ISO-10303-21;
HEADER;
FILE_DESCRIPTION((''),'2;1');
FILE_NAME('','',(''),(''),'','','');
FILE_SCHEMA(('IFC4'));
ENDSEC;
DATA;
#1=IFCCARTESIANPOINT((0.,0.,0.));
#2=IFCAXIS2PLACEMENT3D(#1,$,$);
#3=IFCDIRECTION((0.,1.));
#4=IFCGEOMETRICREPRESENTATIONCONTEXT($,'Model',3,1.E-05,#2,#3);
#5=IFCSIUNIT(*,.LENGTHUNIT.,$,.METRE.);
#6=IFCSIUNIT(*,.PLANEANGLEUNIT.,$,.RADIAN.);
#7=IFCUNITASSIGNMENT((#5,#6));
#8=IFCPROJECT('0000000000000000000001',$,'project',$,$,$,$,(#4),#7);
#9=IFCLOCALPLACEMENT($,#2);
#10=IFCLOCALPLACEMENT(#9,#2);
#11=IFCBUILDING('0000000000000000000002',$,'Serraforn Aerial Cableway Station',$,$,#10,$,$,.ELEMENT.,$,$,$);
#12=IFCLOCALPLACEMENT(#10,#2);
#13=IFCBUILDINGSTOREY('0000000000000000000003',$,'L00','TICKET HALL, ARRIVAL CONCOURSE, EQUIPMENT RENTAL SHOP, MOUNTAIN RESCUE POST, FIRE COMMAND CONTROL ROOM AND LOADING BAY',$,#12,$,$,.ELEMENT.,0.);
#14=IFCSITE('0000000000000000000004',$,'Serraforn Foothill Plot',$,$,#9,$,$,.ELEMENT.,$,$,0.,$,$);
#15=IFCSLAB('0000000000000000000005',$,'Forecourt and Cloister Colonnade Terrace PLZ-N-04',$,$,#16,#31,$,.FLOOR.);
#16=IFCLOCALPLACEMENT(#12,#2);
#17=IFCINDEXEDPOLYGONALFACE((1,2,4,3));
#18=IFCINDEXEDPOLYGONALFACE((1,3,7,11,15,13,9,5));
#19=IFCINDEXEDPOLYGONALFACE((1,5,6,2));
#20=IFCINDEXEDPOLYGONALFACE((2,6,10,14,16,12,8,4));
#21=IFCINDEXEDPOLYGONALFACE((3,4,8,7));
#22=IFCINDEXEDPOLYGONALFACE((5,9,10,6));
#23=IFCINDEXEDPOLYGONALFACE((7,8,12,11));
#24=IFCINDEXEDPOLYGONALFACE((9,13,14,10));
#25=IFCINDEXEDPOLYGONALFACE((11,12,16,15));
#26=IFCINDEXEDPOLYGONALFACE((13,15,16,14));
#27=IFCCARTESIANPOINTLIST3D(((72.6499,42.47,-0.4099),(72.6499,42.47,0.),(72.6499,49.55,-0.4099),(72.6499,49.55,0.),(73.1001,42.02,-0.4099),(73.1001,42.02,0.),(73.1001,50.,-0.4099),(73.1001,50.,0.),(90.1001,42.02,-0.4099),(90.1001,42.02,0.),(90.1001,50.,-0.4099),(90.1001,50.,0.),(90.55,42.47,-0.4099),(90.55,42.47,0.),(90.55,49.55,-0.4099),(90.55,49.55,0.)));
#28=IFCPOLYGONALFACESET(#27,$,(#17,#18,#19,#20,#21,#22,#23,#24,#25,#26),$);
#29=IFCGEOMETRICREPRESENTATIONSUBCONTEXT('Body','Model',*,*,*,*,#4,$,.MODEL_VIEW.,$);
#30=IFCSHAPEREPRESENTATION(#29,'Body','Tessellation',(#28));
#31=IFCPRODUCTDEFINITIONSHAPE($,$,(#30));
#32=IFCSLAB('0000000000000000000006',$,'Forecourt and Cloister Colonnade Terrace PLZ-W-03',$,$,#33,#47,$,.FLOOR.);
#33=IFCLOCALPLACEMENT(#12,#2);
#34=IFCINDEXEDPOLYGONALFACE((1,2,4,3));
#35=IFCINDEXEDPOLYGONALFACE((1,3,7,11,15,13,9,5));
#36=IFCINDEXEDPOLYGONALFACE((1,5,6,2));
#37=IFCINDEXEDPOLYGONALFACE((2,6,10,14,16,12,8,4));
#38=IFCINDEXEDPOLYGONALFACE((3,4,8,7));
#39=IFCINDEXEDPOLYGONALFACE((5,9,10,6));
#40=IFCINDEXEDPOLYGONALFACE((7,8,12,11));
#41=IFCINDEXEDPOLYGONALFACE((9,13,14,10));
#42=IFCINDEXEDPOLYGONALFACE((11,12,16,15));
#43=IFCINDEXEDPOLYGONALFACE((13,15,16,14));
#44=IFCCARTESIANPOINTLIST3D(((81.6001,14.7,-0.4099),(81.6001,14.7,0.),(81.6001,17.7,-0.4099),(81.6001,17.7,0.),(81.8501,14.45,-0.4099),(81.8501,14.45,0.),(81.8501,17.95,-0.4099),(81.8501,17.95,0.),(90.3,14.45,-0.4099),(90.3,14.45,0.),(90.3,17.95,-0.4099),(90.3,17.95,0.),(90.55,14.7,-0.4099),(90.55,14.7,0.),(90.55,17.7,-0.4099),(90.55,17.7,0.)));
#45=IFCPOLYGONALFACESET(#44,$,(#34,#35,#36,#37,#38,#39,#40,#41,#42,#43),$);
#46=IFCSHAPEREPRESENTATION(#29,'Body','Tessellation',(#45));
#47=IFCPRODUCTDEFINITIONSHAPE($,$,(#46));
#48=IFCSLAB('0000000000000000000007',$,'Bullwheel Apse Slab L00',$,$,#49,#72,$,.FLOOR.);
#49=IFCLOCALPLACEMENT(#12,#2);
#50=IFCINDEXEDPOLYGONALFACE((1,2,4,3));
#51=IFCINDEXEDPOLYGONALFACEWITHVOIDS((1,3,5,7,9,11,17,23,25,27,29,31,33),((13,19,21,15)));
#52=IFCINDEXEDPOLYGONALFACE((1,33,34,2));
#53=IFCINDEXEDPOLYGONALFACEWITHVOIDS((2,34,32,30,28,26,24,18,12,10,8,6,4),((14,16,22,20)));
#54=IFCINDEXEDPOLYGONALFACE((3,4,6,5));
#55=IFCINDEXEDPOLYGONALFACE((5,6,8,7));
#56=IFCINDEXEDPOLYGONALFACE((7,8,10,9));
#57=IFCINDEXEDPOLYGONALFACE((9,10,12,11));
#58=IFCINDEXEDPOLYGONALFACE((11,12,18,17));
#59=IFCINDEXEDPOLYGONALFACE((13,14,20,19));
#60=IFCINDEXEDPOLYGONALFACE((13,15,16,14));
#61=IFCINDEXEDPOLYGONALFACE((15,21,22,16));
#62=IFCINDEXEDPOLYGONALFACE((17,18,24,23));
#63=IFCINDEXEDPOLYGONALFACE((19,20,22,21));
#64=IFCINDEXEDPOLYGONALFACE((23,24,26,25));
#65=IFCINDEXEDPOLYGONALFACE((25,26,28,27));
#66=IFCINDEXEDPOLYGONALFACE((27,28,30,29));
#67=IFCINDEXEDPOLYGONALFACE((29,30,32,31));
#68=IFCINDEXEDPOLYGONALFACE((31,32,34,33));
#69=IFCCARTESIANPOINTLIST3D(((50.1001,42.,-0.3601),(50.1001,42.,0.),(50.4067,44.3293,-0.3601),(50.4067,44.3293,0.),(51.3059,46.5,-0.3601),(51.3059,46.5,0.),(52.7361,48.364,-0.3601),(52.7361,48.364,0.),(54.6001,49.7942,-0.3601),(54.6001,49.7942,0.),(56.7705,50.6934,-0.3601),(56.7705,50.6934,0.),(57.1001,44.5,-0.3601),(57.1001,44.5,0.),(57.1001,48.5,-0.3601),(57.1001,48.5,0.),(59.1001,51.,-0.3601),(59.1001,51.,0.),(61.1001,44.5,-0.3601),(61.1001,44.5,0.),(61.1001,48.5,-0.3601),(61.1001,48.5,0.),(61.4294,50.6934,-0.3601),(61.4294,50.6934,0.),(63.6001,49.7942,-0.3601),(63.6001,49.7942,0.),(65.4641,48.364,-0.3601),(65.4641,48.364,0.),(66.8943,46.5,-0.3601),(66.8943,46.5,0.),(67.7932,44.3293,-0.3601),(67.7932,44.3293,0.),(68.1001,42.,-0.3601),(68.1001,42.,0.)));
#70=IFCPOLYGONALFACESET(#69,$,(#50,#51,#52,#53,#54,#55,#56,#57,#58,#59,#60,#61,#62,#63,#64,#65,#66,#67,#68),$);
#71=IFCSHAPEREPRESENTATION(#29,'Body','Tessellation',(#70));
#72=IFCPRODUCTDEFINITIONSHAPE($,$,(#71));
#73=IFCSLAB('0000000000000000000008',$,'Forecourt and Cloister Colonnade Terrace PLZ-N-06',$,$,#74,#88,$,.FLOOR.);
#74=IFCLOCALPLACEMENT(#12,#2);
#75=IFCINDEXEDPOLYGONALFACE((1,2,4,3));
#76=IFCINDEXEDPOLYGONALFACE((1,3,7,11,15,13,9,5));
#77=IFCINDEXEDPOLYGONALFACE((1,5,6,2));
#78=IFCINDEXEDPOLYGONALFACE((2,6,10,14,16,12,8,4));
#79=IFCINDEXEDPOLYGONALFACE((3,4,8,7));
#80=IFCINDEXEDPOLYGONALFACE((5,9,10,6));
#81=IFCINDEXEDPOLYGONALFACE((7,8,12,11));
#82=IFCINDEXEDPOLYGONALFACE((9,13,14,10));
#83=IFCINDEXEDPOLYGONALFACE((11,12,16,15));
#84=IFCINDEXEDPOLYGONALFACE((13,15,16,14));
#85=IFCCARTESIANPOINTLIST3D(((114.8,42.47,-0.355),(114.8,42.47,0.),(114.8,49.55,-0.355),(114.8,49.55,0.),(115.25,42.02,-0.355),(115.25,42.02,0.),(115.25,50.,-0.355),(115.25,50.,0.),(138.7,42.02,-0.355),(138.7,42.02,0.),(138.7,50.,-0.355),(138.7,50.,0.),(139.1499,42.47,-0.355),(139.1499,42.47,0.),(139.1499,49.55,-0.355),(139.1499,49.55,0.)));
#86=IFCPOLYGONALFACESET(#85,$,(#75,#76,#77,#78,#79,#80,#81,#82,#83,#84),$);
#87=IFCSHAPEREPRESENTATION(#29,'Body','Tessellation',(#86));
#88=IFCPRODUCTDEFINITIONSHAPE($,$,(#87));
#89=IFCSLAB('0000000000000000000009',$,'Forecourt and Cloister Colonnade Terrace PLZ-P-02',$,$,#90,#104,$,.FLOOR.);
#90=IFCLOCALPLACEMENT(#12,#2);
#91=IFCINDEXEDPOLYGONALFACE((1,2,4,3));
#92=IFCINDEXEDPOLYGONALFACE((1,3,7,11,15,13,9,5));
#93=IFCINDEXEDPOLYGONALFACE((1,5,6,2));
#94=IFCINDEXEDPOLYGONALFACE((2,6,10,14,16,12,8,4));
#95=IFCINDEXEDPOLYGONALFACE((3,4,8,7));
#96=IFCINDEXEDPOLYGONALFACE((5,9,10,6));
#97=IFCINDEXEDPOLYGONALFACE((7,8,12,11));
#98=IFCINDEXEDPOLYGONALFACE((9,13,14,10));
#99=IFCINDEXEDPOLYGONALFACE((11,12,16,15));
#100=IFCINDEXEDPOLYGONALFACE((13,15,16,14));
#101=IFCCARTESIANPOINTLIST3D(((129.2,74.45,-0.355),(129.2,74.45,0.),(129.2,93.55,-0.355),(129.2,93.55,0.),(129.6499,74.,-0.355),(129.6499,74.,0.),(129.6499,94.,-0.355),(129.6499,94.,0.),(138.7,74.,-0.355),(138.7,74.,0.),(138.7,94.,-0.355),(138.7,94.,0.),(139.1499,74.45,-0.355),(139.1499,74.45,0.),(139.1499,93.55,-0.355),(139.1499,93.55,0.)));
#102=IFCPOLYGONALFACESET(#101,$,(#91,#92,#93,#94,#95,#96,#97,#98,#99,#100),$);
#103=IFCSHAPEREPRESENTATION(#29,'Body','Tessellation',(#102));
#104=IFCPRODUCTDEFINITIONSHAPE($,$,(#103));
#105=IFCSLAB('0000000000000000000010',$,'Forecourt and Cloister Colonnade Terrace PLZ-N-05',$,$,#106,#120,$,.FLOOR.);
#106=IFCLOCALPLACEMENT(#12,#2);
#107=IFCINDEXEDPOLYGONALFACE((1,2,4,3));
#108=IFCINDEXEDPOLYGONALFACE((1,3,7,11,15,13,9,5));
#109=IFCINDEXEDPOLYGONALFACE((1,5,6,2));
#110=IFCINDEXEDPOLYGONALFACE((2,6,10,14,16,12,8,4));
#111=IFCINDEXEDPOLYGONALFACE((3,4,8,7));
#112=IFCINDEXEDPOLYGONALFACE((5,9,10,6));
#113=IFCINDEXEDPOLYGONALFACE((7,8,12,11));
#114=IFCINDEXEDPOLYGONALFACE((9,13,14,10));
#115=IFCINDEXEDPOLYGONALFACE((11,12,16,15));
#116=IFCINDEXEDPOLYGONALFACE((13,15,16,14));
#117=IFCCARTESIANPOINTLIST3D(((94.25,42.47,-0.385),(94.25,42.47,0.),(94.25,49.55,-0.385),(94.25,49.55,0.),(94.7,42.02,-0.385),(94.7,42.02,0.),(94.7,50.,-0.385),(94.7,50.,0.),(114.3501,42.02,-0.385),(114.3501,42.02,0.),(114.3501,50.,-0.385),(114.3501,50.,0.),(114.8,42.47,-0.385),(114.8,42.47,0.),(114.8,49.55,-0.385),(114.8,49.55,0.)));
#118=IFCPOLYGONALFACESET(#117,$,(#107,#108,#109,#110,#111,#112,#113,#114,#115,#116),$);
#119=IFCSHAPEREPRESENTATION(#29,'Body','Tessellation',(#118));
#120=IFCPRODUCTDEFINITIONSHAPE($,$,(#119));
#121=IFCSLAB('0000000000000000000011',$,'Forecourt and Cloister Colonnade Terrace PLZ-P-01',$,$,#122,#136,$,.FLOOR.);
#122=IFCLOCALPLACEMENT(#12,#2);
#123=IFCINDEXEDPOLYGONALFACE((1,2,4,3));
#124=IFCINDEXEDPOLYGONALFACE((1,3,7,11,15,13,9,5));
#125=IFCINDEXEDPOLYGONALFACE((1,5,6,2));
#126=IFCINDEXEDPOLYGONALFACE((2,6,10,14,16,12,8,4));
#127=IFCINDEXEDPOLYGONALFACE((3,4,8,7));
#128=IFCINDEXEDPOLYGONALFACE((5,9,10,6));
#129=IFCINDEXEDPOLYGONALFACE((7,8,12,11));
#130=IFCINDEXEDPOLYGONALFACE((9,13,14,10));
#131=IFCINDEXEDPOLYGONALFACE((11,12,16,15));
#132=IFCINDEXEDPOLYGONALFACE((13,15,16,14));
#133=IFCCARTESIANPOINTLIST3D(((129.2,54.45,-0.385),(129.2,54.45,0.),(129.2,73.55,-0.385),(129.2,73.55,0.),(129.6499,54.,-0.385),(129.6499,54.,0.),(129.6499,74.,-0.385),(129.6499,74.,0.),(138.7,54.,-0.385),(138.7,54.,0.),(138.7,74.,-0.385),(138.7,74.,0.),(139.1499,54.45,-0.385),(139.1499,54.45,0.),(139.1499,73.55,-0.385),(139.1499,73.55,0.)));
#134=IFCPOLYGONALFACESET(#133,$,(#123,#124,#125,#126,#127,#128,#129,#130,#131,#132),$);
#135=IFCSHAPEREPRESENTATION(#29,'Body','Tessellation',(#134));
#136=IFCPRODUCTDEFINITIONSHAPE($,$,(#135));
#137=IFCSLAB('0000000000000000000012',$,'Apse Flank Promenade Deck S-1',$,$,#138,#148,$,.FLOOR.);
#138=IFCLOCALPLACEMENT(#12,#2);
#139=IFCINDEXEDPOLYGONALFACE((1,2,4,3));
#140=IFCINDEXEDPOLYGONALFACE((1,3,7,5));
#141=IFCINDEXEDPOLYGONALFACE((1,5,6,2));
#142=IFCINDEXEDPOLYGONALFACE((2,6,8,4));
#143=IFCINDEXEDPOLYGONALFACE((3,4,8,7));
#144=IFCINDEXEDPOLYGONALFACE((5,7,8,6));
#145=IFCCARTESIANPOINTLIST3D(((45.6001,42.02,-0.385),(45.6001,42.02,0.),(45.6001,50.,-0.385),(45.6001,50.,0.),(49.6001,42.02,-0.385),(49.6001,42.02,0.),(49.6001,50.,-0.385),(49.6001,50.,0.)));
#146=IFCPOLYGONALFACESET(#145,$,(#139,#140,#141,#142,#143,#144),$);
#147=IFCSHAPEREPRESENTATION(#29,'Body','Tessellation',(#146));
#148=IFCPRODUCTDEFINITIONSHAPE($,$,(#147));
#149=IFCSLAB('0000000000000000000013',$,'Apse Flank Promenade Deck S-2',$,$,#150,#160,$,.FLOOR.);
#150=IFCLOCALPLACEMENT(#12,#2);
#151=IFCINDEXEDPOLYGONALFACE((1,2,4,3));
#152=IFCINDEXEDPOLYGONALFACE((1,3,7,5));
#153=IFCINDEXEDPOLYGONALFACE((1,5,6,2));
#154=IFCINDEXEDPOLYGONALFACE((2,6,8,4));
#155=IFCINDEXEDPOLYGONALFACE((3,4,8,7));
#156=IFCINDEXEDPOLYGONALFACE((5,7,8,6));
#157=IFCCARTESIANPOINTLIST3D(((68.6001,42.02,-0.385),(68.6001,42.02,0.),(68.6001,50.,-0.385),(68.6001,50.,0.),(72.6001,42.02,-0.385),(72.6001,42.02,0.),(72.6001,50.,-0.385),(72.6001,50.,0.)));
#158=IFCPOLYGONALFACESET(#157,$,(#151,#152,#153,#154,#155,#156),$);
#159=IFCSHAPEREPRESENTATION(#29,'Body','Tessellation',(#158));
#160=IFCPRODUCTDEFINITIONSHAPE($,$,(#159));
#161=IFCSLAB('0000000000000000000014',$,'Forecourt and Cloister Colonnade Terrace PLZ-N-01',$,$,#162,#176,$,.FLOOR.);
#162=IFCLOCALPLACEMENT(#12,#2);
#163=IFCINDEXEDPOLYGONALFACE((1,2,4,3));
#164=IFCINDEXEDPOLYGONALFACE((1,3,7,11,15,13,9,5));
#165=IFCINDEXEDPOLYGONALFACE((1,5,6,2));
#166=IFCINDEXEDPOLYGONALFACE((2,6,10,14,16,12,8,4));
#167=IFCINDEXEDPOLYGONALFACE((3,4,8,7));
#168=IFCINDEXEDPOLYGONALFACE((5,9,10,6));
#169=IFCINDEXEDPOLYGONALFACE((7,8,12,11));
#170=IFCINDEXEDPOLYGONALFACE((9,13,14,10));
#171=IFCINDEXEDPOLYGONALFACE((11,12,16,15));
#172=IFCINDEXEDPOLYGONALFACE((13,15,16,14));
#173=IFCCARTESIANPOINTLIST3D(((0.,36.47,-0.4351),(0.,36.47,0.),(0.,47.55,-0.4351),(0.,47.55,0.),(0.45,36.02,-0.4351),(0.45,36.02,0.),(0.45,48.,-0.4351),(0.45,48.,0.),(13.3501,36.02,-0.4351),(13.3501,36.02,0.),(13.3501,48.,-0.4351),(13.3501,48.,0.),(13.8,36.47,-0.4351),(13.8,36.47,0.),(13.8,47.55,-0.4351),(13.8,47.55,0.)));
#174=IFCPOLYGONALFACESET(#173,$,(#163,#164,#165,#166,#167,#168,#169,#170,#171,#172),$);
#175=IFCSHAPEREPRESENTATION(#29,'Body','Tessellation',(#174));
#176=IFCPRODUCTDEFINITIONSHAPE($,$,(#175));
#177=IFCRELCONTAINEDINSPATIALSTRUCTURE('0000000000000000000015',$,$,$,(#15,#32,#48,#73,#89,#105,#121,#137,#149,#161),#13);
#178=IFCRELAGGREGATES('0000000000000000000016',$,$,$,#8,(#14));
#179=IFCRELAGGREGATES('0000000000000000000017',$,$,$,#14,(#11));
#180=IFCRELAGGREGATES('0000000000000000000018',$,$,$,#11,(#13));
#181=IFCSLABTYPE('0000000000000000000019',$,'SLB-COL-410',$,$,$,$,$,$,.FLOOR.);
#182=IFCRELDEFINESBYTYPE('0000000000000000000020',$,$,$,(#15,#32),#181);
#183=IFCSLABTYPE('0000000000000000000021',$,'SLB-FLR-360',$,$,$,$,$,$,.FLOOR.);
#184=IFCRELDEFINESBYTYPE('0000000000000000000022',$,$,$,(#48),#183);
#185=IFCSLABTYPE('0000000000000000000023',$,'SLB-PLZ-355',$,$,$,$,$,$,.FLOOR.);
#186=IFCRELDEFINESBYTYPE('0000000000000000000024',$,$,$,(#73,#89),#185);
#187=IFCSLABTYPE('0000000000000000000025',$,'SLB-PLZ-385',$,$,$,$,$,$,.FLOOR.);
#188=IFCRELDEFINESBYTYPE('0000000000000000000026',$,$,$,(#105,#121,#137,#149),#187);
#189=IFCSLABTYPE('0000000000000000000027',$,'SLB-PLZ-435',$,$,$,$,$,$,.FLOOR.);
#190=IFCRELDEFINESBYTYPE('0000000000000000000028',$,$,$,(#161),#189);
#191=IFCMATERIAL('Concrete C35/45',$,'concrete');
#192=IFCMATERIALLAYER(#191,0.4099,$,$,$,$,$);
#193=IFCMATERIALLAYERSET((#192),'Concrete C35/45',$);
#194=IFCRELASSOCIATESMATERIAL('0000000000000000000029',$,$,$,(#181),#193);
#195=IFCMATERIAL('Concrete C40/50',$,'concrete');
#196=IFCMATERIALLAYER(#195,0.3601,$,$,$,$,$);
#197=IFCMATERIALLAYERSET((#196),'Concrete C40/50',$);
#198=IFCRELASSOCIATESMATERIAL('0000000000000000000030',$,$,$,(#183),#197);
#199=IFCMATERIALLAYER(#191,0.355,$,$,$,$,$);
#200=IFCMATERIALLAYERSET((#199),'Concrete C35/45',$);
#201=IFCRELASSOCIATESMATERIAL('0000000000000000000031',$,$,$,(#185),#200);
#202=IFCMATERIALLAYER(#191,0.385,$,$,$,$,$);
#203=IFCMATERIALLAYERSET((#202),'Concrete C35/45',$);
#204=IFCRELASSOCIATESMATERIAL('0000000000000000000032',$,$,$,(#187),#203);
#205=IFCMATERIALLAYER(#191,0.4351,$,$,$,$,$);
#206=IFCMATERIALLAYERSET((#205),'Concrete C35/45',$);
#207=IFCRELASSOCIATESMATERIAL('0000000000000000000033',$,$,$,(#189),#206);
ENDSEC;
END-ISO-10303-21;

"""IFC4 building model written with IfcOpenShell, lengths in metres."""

from ifc_helpers import new_model, si_unit, direction, frame, origin, place, context, subcontext, project, spatial, polyline, outline, extrude, material, layer, layer_set, type_object, element, save


model = new_model("IFC4")

# Units and contexts
model_context = context("Model", 3, precision=1e-05, world=origin(), true_north=direction((0.0, 1.0)))
body_context = subcontext(model_context, "Body", "Model", "MODEL_VIEW")
ifc_project = project(units=[si_unit("LENGTHUNIT", "METRE"), si_unit("PLANEANGLEUNIT", "RADIAN")], contexts=[model_context])

# Site, building, storey
site_placement = place(None, origin())
site = spatial("IfcSite", under=ifc_project, at=site_placement, Name="Serraforn Foothill Plot", CompositionType="ELEMENT", RefElevation=0.0)
building_placement = place(site_placement, origin())
building = spatial("IfcBuilding", under=site, at=building_placement, Name="Serraforn Aerial Cableway Station", CompositionType="ELEMENT")
storey_placement = place(building_placement, origin())
storey = spatial("IfcBuildingStorey", under=building, at=storey_placement, Name="L00", Description="TICKET HALL, ARRIVAL CONCOURSE, EQUIPMENT RENTAL SHOP, MOUNTAIN RESCUE POST, FIRE COMMAND CONTROL ROOM AND LOADING BAY", CompositionType="ELEMENT", Elevation=0.0)

# Slabs
ifc_material_1 = material(Name="Concrete C35/45", Category="concrete")
ifc_layer_1 = layer(ifc_material_1, 0.4099)
ifc_layer_set_1 = layer_set([ifc_layer_1], Name="Concrete C35/45")
slab_type_1 = type_object("IfcSlabType", Name="SLB-COL-410", PredefinedType="FLOOR", material=ifc_layer_set_1)
slab_1_placement = place(storey_placement, frame((0.0, 0.0, -0.4099)))
element("IfcSlab", 1, at=slab_1_placement, inside=storey, type_object=slab_type_1, Name="Forecourt and Cloister Colonnade Terrace PLZ-N-04", PredefinedType="FLOOR", context=body_context, shape_type="SweptSolid", body=[
    extrude(outline(polyline([(73.1001, 42.02), (90.1001, 42.02), (90.55, 42.47), (90.55, 49.55), (90.1001, 50.0), (73.1001, 50.0), (72.6499, 49.55), (72.6499, 42.47), (73.1001, 42.02)])), origin(), (0.0, 0.0, 1.0), 0.4099),
])
slab_2_placement = place(storey_placement, frame((0.0, 0.0, -0.4099)))
element("IfcSlab", 2, at=slab_2_placement, inside=storey, type_object=slab_type_1, Name="Forecourt and Cloister Colonnade Terrace PLZ-W-03", PredefinedType="FLOOR", context=body_context, shape_type="SweptSolid", body=[
    extrude(outline(polyline([(81.8501, 14.45), (90.3, 14.45), (90.55, 14.7), (90.55, 17.7), (90.3, 17.95), (81.8501, 17.95), (81.6001, 17.7), (81.6001, 14.7), (81.8501, 14.45)])), origin(), (0.0, 0.0, 1.0), 0.4099),
])
ifc_material_2 = material(Name="Concrete C40/50", Category="concrete")
ifc_layer_2 = layer(ifc_material_2, 0.3601)
ifc_layer_set_2 = layer_set([ifc_layer_2], Name="Concrete C40/50")
slab_type_2 = type_object("IfcSlabType", Name="SLB-FLR-360", PredefinedType="FLOOR", material=ifc_layer_set_2)
slab_3_placement = place(storey_placement, frame((0.0, 0.0, -0.3601)))
element("IfcSlab", 3, at=slab_3_placement, inside=storey, type_object=slab_type_2, Name="Bullwheel Apse Slab L00", PredefinedType="FLOOR", context=body_context, shape_type="SweptSolid", body=[
    extrude(outline(polyline([(50.1001, 42.0), (50.1001, 42.0), (50.4067, 44.3293), (51.3059, 46.5), (52.7361, 48.364), (54.6001, 49.7942), (56.7705, 50.6934), (59.1001, 51.0), (61.4294, 50.6934), (63.6001, 49.7942), (65.4641, 48.364), (66.8943, 46.5), (67.7932, 44.3293), (68.1001, 42.0), (68.1001, 42.0), (50.1001, 42.0)]), holes=[polyline([(57.1001, 44.5), (61.1001, 44.5), (61.1001, 48.5), (57.1001, 48.5), (57.1001, 44.5)])]), origin(), (0.0, 0.0, 1.0), 0.3601),
])
ifc_layer_3 = layer(ifc_material_1, 0.355)
ifc_layer_set_3 = layer_set([ifc_layer_3], Name="Concrete C35/45")
slab_type_3 = type_object("IfcSlabType", Name="SLB-PLZ-355", PredefinedType="FLOOR", material=ifc_layer_set_3)
slab_4_placement = place(storey_placement, frame((0.0, 0.0, -0.355)))
element("IfcSlab", 4, at=slab_4_placement, inside=storey, type_object=slab_type_3, Name="Forecourt and Cloister Colonnade Terrace PLZ-N-06", PredefinedType="FLOOR", context=body_context, shape_type="SweptSolid", body=[
    extrude(outline(polyline([(115.25, 42.02), (138.7, 42.02), (139.1499, 42.47), (139.1499, 49.55), (138.7, 50.0), (115.25, 50.0), (114.8, 49.55), (114.8, 42.47), (115.25, 42.02)])), origin(), (0.0, 0.0, 1.0), 0.355),
])
slab_5_placement = place(storey_placement, frame((0.0, 0.0, -0.355)))
element("IfcSlab", 5, at=slab_5_placement, inside=storey, type_object=slab_type_3, Name="Forecourt and Cloister Colonnade Terrace PLZ-P-02", PredefinedType="FLOOR", context=body_context, shape_type="SweptSolid", body=[
    extrude(outline(polyline([(129.6499, 74.0), (138.7, 74.0), (139.1499, 74.45), (139.1499, 93.55), (138.7, 94.0), (129.6499, 94.0), (129.2, 93.55), (129.2, 74.45), (129.6499, 74.0)])), origin(), (0.0, 0.0, 1.0), 0.355),
])
ifc_layer_4 = layer(ifc_material_1, 0.385)
ifc_layer_set_4 = layer_set([ifc_layer_4], Name="Concrete C35/45")
slab_type_4 = type_object("IfcSlabType", Name="SLB-PLZ-385", PredefinedType="FLOOR", material=ifc_layer_set_4)
slab_6_placement = place(storey_placement, frame((0.0, 0.0, -0.385)))
element("IfcSlab", 6, at=slab_6_placement, inside=storey, type_object=slab_type_4, Name="Forecourt and Cloister Colonnade Terrace PLZ-N-05", PredefinedType="FLOOR", context=body_context, shape_type="SweptSolid", body=[
    extrude(outline(polyline([(94.7, 42.02), (114.3501, 42.02), (114.8, 42.47), (114.8, 49.55), (114.3501, 50.0), (94.7, 50.0), (94.25, 49.55), (94.25, 42.47), (94.7, 42.02)])), origin(), (0.0, 0.0, 1.0), 0.385),
])
slab_7_placement = place(storey_placement, frame((0.0, 0.0, -0.385)))
element("IfcSlab", 7, at=slab_7_placement, inside=storey, type_object=slab_type_4, Name="Forecourt and Cloister Colonnade Terrace PLZ-P-01", PredefinedType="FLOOR", context=body_context, shape_type="SweptSolid", body=[
    extrude(outline(polyline([(129.6499, 54.0), (138.7, 54.0), (139.1499, 54.45), (139.1499, 73.55), (138.7, 74.0), (129.6499, 74.0), (129.2, 73.55), (129.2, 54.45), (129.6499, 54.0)])), origin(), (0.0, 0.0, 1.0), 0.385),
])
slab_8_placement = place(storey_placement, frame((0.0, 0.0, -0.385)))
element("IfcSlab", 8, at=slab_8_placement, inside=storey, type_object=slab_type_4, Name="Apse Flank Promenade Deck S-1", PredefinedType="FLOOR", context=body_context, shape_type="SweptSolid", body=[
    extrude(outline(polyline([(45.6001, 42.02), (49.6001, 42.02), (49.6001, 50.0), (45.6001, 50.0), (45.6001, 42.02)])), origin(), (0.0, 0.0, 1.0), 0.385),
])
slab_9_placement = place(storey_placement, frame((0.0, 0.0, -0.385)))
element("IfcSlab", 9, at=slab_9_placement, inside=storey, type_object=slab_type_4, Name="Apse Flank Promenade Deck S-2", PredefinedType="FLOOR", context=body_context, shape_type="SweptSolid", body=[
    extrude(outline(polyline([(68.6001, 42.02), (72.6001, 42.02), (72.6001, 50.0), (68.6001, 50.0), (68.6001, 42.02)])), origin(), (0.0, 0.0, 1.0), 0.385),
])
ifc_layer_5 = layer(ifc_material_1, 0.4351)
ifc_layer_set_5 = layer_set([ifc_layer_5], Name="Concrete C35/45")
slab_type_5 = type_object("IfcSlabType", Name="SLB-PLZ-435", PredefinedType="FLOOR", material=ifc_layer_set_5)
slab_10_placement = place(storey_placement, frame((0.0, 0.0, -0.4351)))
element("IfcSlab", 10, at=slab_10_placement, inside=storey, type_object=slab_type_5, Name="Forecourt and Cloister Colonnade Terrace PLZ-N-01", PredefinedType="FLOOR", context=body_context, shape_type="SweptSolid", body=[
    extrude(outline(polyline([(0.45, 36.02), (13.3501, 36.02), (13.8, 36.47), (13.8, 47.55), (13.3501, 48.0), (0.45, 48.0), (0.0, 47.55), (0.0, 36.47), (0.45, 36.02)])), origin(), (0.0, 0.0, 1.0), 0.4351),
])

save(model, "model.ifc")
